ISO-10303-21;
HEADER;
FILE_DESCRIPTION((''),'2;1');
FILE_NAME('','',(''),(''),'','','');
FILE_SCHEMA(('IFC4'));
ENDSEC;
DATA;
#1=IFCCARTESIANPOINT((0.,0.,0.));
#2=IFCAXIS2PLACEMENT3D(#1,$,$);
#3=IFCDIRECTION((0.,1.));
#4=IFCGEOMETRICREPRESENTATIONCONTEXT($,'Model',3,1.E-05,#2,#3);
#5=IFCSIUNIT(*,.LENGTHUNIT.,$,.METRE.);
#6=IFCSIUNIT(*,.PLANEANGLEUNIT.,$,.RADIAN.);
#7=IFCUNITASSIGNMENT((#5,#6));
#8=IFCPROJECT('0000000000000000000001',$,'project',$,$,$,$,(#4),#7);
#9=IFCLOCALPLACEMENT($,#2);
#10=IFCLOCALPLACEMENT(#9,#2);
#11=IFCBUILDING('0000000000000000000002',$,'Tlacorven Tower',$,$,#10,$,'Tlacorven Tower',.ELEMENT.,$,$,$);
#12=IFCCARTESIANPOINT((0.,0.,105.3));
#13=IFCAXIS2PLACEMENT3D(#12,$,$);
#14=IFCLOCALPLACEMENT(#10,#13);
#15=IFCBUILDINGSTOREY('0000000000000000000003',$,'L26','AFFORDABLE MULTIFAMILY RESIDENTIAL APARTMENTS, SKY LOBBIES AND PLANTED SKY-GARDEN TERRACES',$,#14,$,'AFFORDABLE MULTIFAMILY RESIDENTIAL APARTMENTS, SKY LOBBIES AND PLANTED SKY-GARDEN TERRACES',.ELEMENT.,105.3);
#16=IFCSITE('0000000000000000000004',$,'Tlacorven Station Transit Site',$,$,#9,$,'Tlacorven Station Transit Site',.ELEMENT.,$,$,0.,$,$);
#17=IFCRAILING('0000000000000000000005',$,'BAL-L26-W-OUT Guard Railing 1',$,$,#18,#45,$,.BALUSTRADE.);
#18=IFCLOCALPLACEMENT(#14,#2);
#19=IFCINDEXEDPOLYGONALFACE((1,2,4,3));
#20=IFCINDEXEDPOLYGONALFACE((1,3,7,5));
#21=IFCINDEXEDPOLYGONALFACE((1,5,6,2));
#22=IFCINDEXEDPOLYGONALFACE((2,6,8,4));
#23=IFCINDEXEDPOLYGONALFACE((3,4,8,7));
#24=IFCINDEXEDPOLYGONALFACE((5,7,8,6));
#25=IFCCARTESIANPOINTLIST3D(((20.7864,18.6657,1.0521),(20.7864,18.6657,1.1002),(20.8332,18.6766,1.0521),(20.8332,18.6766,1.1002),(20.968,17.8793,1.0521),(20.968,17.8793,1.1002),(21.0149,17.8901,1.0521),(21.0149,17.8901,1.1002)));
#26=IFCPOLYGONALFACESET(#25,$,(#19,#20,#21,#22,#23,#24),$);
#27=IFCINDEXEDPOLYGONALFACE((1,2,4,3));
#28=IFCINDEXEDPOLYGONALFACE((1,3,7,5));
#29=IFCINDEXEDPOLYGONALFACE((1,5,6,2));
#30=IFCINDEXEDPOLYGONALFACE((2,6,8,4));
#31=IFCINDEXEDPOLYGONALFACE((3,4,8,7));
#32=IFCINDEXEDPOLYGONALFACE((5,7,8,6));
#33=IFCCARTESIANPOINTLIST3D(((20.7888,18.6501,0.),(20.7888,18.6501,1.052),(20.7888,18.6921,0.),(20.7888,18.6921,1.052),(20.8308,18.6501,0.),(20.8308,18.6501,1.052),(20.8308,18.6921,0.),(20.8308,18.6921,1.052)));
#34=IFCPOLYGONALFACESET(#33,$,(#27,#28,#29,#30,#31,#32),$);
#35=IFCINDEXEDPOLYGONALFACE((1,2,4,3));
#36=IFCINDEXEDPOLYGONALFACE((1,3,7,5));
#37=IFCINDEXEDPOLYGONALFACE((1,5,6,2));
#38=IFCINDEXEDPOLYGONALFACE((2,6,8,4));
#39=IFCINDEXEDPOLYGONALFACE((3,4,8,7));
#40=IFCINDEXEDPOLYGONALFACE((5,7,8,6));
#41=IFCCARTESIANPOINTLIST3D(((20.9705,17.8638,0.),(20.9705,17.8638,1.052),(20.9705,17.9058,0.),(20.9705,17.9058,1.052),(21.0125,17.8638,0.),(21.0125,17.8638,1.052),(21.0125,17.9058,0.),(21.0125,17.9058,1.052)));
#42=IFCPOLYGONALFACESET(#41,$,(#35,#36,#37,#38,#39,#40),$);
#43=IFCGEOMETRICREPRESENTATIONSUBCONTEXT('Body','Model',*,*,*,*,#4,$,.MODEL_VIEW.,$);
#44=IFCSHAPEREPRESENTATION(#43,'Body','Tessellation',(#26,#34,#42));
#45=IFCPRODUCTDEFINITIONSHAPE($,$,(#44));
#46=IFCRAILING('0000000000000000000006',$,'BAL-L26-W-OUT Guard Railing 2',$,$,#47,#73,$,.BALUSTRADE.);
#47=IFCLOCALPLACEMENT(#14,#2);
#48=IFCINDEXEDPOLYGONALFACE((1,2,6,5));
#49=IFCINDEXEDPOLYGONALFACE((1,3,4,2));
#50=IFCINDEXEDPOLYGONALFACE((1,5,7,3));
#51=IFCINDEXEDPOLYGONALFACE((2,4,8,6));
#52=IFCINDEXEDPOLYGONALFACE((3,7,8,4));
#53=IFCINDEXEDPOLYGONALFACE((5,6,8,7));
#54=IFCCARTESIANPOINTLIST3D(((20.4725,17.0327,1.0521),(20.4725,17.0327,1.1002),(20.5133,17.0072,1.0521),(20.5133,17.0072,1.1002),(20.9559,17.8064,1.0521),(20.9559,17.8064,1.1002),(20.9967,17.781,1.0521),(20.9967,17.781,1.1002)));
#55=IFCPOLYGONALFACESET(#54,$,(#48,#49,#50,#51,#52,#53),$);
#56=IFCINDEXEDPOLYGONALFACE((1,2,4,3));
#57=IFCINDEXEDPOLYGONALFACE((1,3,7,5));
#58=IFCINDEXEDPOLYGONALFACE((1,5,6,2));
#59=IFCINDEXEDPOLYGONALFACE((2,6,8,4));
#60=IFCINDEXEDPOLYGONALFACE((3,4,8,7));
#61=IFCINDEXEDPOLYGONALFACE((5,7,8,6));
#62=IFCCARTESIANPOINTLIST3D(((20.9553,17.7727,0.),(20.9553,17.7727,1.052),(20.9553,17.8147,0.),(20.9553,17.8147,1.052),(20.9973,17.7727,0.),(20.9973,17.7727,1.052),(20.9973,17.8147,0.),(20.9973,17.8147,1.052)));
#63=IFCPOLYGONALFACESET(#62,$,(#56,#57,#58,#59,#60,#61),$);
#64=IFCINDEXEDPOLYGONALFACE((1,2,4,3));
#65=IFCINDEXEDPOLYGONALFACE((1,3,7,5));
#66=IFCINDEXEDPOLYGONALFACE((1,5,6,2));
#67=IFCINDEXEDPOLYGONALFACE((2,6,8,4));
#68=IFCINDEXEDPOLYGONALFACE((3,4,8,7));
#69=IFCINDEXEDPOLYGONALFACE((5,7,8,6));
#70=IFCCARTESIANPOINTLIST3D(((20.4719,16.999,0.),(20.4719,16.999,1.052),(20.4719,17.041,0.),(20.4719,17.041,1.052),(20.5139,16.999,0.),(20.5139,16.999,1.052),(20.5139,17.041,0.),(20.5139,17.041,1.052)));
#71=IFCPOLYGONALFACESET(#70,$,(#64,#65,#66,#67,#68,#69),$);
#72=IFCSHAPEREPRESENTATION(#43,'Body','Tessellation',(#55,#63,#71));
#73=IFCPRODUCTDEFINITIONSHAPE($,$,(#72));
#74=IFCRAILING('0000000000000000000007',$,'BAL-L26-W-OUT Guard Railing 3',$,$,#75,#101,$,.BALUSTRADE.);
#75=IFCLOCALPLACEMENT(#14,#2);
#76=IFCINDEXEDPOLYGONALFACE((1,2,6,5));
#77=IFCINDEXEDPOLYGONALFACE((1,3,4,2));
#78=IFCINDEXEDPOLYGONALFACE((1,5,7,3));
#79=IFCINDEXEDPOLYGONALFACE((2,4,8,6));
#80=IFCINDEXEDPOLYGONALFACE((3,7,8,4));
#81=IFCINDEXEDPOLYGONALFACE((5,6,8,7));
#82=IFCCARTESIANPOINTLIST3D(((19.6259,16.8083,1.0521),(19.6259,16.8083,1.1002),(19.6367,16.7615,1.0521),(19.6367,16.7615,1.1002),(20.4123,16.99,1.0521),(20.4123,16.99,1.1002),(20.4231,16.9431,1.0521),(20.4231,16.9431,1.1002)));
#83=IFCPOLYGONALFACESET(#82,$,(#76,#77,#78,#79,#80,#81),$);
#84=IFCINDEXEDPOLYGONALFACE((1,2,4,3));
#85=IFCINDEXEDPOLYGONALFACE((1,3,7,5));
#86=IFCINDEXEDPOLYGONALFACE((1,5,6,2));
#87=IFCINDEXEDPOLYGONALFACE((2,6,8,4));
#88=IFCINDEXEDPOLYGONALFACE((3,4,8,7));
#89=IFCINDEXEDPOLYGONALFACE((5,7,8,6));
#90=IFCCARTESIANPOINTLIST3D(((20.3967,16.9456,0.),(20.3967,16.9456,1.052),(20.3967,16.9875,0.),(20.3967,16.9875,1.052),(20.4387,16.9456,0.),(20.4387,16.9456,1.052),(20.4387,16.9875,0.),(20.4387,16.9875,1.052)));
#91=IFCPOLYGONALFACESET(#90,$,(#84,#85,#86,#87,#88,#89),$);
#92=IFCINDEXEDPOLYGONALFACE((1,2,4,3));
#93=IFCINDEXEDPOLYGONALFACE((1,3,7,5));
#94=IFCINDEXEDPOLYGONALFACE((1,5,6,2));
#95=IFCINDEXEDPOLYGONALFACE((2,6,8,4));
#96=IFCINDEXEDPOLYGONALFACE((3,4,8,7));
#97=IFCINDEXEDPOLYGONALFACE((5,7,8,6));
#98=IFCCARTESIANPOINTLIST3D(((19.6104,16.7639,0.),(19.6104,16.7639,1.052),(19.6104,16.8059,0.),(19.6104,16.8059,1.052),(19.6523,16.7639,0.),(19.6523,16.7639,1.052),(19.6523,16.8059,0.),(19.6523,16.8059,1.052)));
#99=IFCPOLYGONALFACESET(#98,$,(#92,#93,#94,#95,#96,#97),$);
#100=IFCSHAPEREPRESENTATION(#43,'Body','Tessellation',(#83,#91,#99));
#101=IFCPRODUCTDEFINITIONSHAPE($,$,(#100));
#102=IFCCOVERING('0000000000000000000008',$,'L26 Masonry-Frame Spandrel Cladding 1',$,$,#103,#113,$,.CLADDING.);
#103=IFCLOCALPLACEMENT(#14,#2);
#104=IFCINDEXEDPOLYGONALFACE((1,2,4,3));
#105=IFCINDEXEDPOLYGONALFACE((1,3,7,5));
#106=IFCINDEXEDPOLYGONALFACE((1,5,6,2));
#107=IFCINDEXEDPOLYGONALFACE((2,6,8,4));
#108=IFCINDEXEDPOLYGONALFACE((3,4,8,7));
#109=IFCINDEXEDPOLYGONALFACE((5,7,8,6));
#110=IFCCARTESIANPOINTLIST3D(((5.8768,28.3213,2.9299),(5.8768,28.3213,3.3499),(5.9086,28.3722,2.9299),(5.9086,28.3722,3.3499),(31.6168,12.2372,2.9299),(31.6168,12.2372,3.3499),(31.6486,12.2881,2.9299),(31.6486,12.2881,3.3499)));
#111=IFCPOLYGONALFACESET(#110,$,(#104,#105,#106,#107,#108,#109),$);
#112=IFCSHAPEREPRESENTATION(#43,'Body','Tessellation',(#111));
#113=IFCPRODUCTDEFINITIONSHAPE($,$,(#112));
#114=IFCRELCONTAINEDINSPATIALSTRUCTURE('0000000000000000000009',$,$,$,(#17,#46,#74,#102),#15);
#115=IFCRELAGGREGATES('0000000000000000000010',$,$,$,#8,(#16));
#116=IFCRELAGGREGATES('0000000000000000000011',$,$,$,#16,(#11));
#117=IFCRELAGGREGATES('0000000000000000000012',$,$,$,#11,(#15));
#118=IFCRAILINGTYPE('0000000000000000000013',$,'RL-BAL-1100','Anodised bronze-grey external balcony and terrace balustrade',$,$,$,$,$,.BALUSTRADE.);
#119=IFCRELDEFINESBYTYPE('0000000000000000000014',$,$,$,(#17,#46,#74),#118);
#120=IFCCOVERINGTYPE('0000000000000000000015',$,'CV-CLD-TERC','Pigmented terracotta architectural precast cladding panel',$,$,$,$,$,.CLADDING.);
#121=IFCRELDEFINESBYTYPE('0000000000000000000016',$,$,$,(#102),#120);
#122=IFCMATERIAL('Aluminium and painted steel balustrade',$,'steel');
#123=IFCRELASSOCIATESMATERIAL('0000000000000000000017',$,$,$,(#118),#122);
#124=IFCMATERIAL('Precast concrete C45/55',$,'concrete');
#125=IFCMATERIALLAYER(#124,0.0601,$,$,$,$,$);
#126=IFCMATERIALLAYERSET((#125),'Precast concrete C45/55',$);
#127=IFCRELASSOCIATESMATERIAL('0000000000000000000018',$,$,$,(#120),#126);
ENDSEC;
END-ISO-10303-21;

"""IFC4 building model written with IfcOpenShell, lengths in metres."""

from ifc_helpers import new_model, si_unit, direction, frame, origin, origin_2d, place, context, subcontext, project, spatial, rectangle, extrude, source, transform, mapped, material, layer, layer_set, type_object, element, save


model = new_model("IFC4")

# Units and contexts
model_context = context("Model", 3, precision=1e-05, world=origin(), true_north=direction((0.0, 1.0)))
body_context = subcontext(model_context, "Body", "Model", "MODEL_VIEW")
ifc_project = project(units=[si_unit("LENGTHUNIT", "METRE"), si_unit("PLANEANGLEUNIT", "RADIAN")], contexts=[model_context])

# Site, building, storey
site_placement = place(None, origin())
site = spatial("IfcSite", under=ifc_project, at=site_placement, Name="Tlacorven Station Transit Site", LongName="Tlacorven Station Transit Site", CompositionType="ELEMENT", RefElevation=0.0)
building_placement = place(site_placement, origin())
building = spatial("IfcBuilding", under=site, at=building_placement, Name="Tlacorven Tower", LongName="Tlacorven Tower", CompositionType="ELEMENT")
storey_placement = place(building_placement, frame((0.0, 0.0, 105.3)))
storey = spatial("IfcBuildingStorey", under=building, at=storey_placement, Name="L26", Description="AFFORDABLE MULTIFAMILY RESIDENTIAL APARTMENTS, SKY LOBBIES AND PLANTED SKY-GARDEN TERRACES", LongName="AFFORDABLE MULTIFAMILY RESIDENTIAL APARTMENTS, SKY LOBBIES AND PLANTED SKY-GARDEN TERRACES", CompositionType="ELEMENT", Elevation=105.3)

# Shared definitions
ifc_material_1 = material(Name="Precast concrete C45/55", Category="concrete")

# Railings
ifc_material_2 = material(Name="Aluminium and painted steel balustrade", Category="steel")
railing_type = type_object("IfcRailingType", Name="RL-BAL-1100", Description="Anodised bronze-grey external balcony and terrace balustrade", PredefinedType="BALUSTRADE", material=ifc_material_2)
shared_shape_1 = source(origin(), body_context, "Body", "SweptSolid", [
    extrude(rectangle(XDim=0.0481, YDim=0.0481, at=origin_2d()), frame((0.0, 0.0, 1.0762), z_axis=(0.225058, -0.974345, 0.0), x_axis=(0.974345, 0.225058, 0.0)), (0.0, 0.0, 1.0), 0.8071),
    extrude(rectangle(XDim=0.042, YDim=0.042, at=origin_2d()), origin(), (0.0, 0.0, 1.0), 1.052),
    extrude(rectangle(XDim=0.042, YDim=0.042, at=origin_2d()), frame((0.1816, -0.7864, 0.0)), (0.0, 0.0, 1.0), 1.052),
])
railing_1_placement = place(storey_placement, frame((20.8098, 18.6711, 0.0)))
element("IfcRailing", 1, at=railing_1_placement, inside=storey, type_object=railing_type, Name="BAL-L26-W-OUT Guard Railing 1", PredefinedType="BALUSTRADE", context=body_context, shape_type="MappedRepresentation", body=[
    mapped(shared_shape_1, transform((0.0, 0.0, 0.0), scale=1.0)),
])
shared_shape_2 = source(origin(), body_context, "Body", "SweptSolid", [
    extrude(rectangle(XDim=0.0481, YDim=0.0481, at=origin_2d()), frame((0.0, 0.0, 1.0762), z_axis=(-0.529879, -0.848073, 0.0), x_axis=(0.848073, -0.529879, 0.0)), (0.0, 0.0, 1.0), 0.9124),
    extrude(rectangle(XDim=0.042, YDim=0.042, at=origin_2d()), origin(), (0.0, 0.0, 1.0), 1.052),
    extrude(rectangle(XDim=0.042, YDim=0.042, at=origin_2d()), frame((-0.4834, -0.7737, 0.0)), (0.0, 0.0, 1.0), 1.052),
])
railing_2_placement = place(storey_placement, frame((20.9763, 17.7937, 0.0)))
element("IfcRailing", 2, at=railing_2_placement, inside=storey, type_object=railing_type, Name="BAL-L26-W-OUT Guard Railing 2", PredefinedType="BALUSTRADE", context=body_context, shape_type="MappedRepresentation", body=[
    mapped(shared_shape_2, transform((0.0, 0.0, 0.0), scale=1.0)),
])
shared_shape_3 = source(origin(), body_context, "Body", "SweptSolid", [
    extrude(rectangle(XDim=0.0481, YDim=0.0481, at=origin_2d()), frame((0.0, 0.0, 1.0762), z_axis=(-0.974345, -0.225058, 0.0), x_axis=(0.225058, -0.974345, 0.0)), (0.0, 0.0, 1.0), 0.8071),
    extrude(rectangle(XDim=0.042, YDim=0.042, at=origin_2d()), origin(), (0.0, 0.0, 1.0), 1.052),
    extrude(rectangle(XDim=0.042, YDim=0.042, at=origin_2d()), frame((-0.7864, -0.1816, 0.0)), (0.0, 0.0, 1.0), 1.052),
])
railing_3_placement = place(storey_placement, frame((20.4177, 16.9666, 0.0)))
element("IfcRailing", 3, at=railing_3_placement, inside=storey, type_object=railing_type, Name="BAL-L26-W-OUT Guard Railing 3", PredefinedType="BALUSTRADE", context=body_context, shape_type="MappedRepresentation", body=[
    mapped(shared_shape_3, transform((0.0, 0.0, 0.0), scale=1.0)),
])

# Covering
ifc_layer_1 = layer(ifc_material_1, 0.0601)
ifc_layer_set_1 = layer_set([ifc_layer_1], Name="Precast concrete C45/55")
covering_type = type_object("IfcCoveringType", Name="CV-CLD-TERC", Description="Pigmented terracotta architectural precast cladding panel", PredefinedType="CLADDING", material=ifc_layer_set_1)
shared_shape_4 = source(origin(), body_context, "Body", "SweptSolid", [
    extrude(rectangle(XDim=30.3521, YDim=0.0601, at=origin_2d()), origin(), (0.0, 0.0, 1.0), 0.4199),
])
covering_placement = place(storey_placement, frame((18.7627, 20.3047, 2.9299), z_axis=(0.0, 0.0, 1.0), x_axis=(-0.848048, 0.529919, 0.0)))
element("IfcCovering", 4, at=covering_placement, inside=storey, type_object=covering_type, Name="L26 Masonry-Frame Spandrel Cladding 1", PredefinedType="CLADDING", context=body_context, shape_type="MappedRepresentation", body=[
    mapped(shared_shape_4, transform((0.0, 0.0, 0.0), scale=1.0)),
])

save(model, "model.ifc")
